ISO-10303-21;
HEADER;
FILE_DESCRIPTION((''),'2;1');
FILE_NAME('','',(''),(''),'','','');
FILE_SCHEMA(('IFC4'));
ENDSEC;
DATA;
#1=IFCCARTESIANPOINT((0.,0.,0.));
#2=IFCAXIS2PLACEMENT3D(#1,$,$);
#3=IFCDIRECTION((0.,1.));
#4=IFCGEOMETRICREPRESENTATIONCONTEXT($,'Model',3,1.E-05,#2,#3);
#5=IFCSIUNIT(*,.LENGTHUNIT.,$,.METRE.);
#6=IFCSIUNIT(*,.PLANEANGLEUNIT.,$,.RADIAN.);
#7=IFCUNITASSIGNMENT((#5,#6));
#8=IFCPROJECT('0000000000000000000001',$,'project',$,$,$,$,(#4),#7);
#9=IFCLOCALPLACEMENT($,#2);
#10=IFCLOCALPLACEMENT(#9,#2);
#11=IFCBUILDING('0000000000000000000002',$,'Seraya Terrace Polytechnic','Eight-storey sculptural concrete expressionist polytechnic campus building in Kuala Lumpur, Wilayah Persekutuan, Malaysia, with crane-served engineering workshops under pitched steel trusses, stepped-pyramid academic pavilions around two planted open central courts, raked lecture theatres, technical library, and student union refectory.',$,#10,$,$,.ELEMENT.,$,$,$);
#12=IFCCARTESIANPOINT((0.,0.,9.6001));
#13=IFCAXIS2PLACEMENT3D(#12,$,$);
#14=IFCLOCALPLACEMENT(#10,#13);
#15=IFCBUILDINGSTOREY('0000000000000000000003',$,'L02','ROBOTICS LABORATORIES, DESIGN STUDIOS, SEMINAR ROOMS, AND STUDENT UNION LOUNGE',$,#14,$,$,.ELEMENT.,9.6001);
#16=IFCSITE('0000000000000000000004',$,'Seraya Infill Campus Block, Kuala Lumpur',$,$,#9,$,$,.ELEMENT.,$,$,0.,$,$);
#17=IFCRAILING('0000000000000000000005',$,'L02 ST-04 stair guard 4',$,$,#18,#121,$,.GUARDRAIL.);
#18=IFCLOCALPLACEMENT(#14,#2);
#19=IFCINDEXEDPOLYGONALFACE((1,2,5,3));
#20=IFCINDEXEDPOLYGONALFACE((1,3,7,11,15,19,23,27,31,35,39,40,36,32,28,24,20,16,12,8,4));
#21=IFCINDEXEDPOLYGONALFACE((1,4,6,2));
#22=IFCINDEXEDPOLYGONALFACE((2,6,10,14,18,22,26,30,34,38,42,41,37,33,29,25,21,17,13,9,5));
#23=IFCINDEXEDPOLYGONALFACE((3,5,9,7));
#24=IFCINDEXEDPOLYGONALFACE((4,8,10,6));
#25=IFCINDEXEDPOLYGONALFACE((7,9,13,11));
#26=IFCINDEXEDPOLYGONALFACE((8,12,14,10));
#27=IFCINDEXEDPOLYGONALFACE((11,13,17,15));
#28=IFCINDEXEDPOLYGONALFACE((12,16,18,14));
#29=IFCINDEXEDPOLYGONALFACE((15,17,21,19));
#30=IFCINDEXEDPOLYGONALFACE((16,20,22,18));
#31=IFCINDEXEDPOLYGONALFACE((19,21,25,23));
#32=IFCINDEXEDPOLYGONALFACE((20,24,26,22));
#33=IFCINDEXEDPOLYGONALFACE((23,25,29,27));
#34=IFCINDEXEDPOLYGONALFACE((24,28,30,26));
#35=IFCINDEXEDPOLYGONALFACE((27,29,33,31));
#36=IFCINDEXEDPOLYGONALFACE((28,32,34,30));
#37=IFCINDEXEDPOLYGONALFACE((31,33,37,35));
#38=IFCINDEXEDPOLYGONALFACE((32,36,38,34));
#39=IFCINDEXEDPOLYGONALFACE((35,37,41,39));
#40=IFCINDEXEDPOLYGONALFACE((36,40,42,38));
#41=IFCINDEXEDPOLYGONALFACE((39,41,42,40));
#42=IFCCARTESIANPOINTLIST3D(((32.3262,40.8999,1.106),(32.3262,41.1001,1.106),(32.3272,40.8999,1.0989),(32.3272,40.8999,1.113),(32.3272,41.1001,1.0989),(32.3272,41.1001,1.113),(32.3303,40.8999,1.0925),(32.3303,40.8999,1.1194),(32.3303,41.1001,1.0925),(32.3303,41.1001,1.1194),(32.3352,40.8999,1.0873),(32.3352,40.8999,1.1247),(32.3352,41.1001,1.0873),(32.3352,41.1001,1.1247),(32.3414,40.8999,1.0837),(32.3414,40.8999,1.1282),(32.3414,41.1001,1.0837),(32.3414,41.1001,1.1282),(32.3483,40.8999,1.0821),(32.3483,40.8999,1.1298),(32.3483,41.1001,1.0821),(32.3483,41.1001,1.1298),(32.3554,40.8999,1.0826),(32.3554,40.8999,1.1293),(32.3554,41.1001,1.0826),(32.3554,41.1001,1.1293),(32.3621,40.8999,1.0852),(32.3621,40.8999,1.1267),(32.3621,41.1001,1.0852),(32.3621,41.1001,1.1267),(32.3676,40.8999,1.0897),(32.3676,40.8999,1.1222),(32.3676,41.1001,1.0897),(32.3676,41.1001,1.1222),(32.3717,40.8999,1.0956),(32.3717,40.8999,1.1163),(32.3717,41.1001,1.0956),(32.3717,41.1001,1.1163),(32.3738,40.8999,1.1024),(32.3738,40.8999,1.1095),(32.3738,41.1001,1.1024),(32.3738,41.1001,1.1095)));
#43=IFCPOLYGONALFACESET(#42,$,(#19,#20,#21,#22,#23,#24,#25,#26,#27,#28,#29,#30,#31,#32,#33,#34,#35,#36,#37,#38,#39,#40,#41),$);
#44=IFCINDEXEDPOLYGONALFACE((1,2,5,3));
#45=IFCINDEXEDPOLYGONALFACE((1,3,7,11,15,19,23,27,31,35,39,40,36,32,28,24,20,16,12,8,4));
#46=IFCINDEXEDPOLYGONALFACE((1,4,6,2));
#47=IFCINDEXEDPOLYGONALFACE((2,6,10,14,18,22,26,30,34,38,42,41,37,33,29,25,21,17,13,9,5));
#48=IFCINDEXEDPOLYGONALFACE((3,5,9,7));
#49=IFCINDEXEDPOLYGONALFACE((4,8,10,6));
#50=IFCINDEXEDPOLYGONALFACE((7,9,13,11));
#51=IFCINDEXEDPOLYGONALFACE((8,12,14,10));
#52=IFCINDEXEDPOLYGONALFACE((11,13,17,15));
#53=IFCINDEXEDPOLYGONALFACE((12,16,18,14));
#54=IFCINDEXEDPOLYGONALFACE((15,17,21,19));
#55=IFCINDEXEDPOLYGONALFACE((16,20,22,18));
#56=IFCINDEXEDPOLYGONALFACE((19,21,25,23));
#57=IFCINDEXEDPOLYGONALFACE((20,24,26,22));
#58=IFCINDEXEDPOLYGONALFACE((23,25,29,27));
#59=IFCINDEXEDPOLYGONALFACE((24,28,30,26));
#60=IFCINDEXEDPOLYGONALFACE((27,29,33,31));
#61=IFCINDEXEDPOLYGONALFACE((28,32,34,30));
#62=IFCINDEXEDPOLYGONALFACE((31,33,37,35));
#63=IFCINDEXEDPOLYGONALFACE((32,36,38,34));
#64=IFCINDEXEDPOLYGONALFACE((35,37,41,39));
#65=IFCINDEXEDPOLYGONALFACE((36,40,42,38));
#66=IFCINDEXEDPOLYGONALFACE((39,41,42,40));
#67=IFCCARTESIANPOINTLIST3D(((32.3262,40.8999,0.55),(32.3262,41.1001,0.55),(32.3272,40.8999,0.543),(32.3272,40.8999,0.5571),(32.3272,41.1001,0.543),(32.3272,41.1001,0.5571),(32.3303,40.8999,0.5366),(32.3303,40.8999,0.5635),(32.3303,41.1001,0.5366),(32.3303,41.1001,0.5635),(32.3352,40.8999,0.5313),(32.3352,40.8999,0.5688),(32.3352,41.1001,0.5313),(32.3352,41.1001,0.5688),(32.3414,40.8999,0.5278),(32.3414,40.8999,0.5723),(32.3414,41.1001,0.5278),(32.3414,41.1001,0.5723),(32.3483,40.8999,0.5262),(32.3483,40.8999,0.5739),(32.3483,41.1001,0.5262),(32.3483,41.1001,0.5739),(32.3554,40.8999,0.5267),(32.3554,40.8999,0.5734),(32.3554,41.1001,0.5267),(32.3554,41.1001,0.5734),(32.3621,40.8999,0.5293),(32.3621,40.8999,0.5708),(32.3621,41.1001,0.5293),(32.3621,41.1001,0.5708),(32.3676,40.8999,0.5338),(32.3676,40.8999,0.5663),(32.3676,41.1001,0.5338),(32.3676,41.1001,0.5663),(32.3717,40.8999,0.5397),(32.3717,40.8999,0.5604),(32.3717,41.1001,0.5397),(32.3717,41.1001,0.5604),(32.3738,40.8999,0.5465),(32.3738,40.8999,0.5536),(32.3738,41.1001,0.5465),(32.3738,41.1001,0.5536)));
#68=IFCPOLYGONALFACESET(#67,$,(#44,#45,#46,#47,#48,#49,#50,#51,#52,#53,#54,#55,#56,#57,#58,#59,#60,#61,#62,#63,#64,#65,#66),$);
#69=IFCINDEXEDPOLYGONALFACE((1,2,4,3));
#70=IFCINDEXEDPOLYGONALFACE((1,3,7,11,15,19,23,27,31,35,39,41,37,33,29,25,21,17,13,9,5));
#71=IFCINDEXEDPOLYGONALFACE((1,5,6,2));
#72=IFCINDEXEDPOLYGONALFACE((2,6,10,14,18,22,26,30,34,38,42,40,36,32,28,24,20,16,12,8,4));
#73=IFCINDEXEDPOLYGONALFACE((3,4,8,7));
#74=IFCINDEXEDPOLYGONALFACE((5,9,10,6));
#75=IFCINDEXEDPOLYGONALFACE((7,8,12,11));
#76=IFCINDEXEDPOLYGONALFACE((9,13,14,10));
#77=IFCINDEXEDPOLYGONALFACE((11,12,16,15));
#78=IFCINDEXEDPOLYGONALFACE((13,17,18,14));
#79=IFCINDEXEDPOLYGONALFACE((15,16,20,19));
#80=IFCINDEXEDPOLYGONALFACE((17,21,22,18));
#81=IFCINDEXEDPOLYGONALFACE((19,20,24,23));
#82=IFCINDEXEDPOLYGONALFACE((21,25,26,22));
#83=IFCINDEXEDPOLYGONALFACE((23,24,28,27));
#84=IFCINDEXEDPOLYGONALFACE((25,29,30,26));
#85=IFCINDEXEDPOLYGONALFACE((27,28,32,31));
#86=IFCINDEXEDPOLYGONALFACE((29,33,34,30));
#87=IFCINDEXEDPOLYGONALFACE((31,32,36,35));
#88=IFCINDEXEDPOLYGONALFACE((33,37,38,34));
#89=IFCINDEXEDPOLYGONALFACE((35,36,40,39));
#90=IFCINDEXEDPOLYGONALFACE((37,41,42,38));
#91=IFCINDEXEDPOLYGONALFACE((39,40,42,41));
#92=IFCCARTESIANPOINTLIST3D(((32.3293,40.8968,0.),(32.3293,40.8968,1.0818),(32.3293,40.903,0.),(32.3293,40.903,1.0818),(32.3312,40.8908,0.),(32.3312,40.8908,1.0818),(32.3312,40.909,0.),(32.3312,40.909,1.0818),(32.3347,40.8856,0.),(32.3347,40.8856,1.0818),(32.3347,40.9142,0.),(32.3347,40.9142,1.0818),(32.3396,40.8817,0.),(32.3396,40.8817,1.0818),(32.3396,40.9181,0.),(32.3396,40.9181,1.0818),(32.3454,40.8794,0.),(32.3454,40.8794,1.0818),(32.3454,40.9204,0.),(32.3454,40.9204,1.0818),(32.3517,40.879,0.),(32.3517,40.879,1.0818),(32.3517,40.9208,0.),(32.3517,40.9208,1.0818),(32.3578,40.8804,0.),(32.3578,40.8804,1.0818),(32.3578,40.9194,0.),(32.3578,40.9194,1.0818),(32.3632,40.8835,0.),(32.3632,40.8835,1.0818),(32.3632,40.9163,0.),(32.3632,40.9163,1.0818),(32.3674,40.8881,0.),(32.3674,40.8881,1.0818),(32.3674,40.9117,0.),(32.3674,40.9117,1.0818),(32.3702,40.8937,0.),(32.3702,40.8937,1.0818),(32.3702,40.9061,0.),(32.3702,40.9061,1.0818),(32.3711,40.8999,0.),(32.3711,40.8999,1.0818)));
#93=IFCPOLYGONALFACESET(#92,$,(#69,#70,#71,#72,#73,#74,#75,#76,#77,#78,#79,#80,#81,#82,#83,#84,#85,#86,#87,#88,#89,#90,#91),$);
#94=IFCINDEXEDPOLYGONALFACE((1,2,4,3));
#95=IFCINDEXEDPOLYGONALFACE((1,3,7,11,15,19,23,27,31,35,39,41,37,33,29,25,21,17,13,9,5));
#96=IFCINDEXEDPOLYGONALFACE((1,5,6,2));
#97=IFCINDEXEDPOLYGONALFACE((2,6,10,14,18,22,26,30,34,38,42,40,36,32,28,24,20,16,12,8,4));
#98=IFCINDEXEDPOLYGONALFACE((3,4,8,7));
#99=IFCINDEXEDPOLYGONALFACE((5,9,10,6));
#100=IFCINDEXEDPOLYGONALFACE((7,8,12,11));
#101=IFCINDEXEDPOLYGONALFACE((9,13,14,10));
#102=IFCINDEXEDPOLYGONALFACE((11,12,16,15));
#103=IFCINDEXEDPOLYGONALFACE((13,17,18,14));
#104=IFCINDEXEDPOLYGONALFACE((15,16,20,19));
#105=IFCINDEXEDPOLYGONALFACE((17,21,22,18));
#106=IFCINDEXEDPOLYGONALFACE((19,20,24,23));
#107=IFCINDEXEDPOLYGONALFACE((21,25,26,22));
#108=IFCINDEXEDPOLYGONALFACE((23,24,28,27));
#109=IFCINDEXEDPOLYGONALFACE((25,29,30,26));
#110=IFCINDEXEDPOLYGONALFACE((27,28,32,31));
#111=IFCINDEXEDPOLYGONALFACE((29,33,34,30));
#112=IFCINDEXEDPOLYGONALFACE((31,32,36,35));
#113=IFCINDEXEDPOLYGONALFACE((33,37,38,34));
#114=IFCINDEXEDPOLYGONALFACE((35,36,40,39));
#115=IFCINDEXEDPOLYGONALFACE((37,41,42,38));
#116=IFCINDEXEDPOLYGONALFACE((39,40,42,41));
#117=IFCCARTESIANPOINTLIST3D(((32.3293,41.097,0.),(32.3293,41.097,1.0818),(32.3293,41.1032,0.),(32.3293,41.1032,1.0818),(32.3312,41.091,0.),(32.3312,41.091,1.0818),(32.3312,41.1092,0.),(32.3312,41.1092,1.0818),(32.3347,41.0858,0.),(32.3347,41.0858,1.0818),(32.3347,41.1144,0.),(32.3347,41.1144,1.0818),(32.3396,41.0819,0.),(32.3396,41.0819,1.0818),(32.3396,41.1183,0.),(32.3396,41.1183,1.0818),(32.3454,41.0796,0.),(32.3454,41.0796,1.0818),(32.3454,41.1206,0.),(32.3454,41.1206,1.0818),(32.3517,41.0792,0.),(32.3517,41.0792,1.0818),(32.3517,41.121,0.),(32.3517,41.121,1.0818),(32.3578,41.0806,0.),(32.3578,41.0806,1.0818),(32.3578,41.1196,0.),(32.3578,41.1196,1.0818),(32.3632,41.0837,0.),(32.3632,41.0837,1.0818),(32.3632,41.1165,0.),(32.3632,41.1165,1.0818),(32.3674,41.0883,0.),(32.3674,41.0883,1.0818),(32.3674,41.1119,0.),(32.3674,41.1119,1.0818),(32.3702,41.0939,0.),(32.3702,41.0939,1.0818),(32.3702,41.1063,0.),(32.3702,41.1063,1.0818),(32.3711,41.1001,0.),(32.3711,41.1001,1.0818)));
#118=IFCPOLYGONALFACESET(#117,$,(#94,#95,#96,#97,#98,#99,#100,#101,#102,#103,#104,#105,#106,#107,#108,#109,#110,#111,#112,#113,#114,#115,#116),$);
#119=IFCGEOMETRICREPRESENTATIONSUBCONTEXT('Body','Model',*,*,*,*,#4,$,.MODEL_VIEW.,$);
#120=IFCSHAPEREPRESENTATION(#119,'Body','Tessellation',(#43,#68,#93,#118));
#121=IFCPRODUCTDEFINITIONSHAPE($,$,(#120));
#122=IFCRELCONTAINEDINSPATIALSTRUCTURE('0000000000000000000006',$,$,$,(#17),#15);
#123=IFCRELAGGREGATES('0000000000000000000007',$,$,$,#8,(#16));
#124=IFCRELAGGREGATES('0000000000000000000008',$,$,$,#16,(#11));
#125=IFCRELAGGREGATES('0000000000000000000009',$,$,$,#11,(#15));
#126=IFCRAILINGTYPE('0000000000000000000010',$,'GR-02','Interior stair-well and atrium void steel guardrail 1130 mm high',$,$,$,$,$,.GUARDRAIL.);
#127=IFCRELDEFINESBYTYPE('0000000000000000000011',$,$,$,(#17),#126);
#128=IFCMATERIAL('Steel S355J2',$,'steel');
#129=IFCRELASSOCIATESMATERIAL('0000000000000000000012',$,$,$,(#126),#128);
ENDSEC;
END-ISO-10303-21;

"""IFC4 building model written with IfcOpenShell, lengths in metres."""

from ifc_helpers import new_model, si_unit, direction, frame, origin, origin_2d, place, context, subcontext, project, spatial, circle, extrude, material, type_object, element, save


model = new_model("IFC4")

# Units and contexts
model_context = context("Model", 3, precision=1e-05, world=origin(), true_north=direction((0.0, 1.0)))
body_context = subcontext(model_context, "Body", "Model", "MODEL_VIEW")
ifc_project = project(units=[si_unit("LENGTHUNIT", "METRE"), si_unit("PLANEANGLEUNIT", "RADIAN")], contexts=[model_context])

# Site, building, storey
site_placement = place(None, origin())
site = spatial("IfcSite", under=ifc_project, at=site_placement, Name="Seraya Infill Campus Block, Kuala Lumpur", CompositionType="ELEMENT", RefElevation=0.0)
building_placement = place(site_placement, origin())
building = spatial("IfcBuilding", under=site, at=building_placement, Name="Seraya Terrace Polytechnic", Description="Eight-storey sculptural concrete expressionist polytechnic campus building in Kuala Lumpur, Wilayah Persekutuan, Malaysia, with crane-served engineering workshops under pitched steel trusses, stepped-pyramid academic pavilions around two planted open central courts, raked lecture theatres, technical library, and student union refectory.", CompositionType="ELEMENT")
storey_placement = place(building_placement, frame((0.0, 0.0, 9.6001)))
storey = spatial("IfcBuildingStorey", under=building, at=storey_placement, Name="L02", Description="ROBOTICS LABORATORIES, DESIGN STUDIOS, SEMINAR ROOMS, AND STUDENT UNION LOUNGE", CompositionType="ELEMENT", Elevation=9.6001)

# Shared definitions
ifc_material_1 = material(Name="Steel S355J2", Category="steel")

# Railing
railing_type_1 = type_object("IfcRailingType", Name="GR-02", Description="Interior stair-well and atrium void steel guardrail 1130 mm high", PredefinedType="GUARDRAIL", material=ifc_material_1)
railing_1_placement = place(storey_placement, frame((32.3501, 40.8999, 0.0)))
element("IfcRailing", 1, at=railing_1_placement, inside=storey, type_object=railing_type_1, Name="L02 ST-04 stair guard 4", PredefinedType="GUARDRAIL", context=body_context, shape_type="SweptSolid", body=[
    extrude(circle(Radius=0.0239, at=origin_2d()), frame((0.0, 0.0, 1.106), z_axis=(0.0, 1.0, 0.0), x_axis=(-1.0, 0.0, 0.0)), (0.0, 0.0, 1.0), 0.2002),
    extrude(circle(Radius=0.0239, at=origin_2d()), frame((0.0, 0.0, 0.55), z_axis=(0.0, 1.0, 0.0), x_axis=(-1.0, 0.0, 0.0)), (0.0, 0.0, 1.0), 0.2002),
    extrude(circle(Radius=0.021, at=origin_2d()), origin(), (0.0, 0.0, 1.0), 1.0818),
    extrude(circle(Radius=0.021, at=origin_2d()), frame((0.0, 0.2002, 0.0)), (0.0, 0.0, 1.0), 1.0818),
])

save(model, "model.ifc")
